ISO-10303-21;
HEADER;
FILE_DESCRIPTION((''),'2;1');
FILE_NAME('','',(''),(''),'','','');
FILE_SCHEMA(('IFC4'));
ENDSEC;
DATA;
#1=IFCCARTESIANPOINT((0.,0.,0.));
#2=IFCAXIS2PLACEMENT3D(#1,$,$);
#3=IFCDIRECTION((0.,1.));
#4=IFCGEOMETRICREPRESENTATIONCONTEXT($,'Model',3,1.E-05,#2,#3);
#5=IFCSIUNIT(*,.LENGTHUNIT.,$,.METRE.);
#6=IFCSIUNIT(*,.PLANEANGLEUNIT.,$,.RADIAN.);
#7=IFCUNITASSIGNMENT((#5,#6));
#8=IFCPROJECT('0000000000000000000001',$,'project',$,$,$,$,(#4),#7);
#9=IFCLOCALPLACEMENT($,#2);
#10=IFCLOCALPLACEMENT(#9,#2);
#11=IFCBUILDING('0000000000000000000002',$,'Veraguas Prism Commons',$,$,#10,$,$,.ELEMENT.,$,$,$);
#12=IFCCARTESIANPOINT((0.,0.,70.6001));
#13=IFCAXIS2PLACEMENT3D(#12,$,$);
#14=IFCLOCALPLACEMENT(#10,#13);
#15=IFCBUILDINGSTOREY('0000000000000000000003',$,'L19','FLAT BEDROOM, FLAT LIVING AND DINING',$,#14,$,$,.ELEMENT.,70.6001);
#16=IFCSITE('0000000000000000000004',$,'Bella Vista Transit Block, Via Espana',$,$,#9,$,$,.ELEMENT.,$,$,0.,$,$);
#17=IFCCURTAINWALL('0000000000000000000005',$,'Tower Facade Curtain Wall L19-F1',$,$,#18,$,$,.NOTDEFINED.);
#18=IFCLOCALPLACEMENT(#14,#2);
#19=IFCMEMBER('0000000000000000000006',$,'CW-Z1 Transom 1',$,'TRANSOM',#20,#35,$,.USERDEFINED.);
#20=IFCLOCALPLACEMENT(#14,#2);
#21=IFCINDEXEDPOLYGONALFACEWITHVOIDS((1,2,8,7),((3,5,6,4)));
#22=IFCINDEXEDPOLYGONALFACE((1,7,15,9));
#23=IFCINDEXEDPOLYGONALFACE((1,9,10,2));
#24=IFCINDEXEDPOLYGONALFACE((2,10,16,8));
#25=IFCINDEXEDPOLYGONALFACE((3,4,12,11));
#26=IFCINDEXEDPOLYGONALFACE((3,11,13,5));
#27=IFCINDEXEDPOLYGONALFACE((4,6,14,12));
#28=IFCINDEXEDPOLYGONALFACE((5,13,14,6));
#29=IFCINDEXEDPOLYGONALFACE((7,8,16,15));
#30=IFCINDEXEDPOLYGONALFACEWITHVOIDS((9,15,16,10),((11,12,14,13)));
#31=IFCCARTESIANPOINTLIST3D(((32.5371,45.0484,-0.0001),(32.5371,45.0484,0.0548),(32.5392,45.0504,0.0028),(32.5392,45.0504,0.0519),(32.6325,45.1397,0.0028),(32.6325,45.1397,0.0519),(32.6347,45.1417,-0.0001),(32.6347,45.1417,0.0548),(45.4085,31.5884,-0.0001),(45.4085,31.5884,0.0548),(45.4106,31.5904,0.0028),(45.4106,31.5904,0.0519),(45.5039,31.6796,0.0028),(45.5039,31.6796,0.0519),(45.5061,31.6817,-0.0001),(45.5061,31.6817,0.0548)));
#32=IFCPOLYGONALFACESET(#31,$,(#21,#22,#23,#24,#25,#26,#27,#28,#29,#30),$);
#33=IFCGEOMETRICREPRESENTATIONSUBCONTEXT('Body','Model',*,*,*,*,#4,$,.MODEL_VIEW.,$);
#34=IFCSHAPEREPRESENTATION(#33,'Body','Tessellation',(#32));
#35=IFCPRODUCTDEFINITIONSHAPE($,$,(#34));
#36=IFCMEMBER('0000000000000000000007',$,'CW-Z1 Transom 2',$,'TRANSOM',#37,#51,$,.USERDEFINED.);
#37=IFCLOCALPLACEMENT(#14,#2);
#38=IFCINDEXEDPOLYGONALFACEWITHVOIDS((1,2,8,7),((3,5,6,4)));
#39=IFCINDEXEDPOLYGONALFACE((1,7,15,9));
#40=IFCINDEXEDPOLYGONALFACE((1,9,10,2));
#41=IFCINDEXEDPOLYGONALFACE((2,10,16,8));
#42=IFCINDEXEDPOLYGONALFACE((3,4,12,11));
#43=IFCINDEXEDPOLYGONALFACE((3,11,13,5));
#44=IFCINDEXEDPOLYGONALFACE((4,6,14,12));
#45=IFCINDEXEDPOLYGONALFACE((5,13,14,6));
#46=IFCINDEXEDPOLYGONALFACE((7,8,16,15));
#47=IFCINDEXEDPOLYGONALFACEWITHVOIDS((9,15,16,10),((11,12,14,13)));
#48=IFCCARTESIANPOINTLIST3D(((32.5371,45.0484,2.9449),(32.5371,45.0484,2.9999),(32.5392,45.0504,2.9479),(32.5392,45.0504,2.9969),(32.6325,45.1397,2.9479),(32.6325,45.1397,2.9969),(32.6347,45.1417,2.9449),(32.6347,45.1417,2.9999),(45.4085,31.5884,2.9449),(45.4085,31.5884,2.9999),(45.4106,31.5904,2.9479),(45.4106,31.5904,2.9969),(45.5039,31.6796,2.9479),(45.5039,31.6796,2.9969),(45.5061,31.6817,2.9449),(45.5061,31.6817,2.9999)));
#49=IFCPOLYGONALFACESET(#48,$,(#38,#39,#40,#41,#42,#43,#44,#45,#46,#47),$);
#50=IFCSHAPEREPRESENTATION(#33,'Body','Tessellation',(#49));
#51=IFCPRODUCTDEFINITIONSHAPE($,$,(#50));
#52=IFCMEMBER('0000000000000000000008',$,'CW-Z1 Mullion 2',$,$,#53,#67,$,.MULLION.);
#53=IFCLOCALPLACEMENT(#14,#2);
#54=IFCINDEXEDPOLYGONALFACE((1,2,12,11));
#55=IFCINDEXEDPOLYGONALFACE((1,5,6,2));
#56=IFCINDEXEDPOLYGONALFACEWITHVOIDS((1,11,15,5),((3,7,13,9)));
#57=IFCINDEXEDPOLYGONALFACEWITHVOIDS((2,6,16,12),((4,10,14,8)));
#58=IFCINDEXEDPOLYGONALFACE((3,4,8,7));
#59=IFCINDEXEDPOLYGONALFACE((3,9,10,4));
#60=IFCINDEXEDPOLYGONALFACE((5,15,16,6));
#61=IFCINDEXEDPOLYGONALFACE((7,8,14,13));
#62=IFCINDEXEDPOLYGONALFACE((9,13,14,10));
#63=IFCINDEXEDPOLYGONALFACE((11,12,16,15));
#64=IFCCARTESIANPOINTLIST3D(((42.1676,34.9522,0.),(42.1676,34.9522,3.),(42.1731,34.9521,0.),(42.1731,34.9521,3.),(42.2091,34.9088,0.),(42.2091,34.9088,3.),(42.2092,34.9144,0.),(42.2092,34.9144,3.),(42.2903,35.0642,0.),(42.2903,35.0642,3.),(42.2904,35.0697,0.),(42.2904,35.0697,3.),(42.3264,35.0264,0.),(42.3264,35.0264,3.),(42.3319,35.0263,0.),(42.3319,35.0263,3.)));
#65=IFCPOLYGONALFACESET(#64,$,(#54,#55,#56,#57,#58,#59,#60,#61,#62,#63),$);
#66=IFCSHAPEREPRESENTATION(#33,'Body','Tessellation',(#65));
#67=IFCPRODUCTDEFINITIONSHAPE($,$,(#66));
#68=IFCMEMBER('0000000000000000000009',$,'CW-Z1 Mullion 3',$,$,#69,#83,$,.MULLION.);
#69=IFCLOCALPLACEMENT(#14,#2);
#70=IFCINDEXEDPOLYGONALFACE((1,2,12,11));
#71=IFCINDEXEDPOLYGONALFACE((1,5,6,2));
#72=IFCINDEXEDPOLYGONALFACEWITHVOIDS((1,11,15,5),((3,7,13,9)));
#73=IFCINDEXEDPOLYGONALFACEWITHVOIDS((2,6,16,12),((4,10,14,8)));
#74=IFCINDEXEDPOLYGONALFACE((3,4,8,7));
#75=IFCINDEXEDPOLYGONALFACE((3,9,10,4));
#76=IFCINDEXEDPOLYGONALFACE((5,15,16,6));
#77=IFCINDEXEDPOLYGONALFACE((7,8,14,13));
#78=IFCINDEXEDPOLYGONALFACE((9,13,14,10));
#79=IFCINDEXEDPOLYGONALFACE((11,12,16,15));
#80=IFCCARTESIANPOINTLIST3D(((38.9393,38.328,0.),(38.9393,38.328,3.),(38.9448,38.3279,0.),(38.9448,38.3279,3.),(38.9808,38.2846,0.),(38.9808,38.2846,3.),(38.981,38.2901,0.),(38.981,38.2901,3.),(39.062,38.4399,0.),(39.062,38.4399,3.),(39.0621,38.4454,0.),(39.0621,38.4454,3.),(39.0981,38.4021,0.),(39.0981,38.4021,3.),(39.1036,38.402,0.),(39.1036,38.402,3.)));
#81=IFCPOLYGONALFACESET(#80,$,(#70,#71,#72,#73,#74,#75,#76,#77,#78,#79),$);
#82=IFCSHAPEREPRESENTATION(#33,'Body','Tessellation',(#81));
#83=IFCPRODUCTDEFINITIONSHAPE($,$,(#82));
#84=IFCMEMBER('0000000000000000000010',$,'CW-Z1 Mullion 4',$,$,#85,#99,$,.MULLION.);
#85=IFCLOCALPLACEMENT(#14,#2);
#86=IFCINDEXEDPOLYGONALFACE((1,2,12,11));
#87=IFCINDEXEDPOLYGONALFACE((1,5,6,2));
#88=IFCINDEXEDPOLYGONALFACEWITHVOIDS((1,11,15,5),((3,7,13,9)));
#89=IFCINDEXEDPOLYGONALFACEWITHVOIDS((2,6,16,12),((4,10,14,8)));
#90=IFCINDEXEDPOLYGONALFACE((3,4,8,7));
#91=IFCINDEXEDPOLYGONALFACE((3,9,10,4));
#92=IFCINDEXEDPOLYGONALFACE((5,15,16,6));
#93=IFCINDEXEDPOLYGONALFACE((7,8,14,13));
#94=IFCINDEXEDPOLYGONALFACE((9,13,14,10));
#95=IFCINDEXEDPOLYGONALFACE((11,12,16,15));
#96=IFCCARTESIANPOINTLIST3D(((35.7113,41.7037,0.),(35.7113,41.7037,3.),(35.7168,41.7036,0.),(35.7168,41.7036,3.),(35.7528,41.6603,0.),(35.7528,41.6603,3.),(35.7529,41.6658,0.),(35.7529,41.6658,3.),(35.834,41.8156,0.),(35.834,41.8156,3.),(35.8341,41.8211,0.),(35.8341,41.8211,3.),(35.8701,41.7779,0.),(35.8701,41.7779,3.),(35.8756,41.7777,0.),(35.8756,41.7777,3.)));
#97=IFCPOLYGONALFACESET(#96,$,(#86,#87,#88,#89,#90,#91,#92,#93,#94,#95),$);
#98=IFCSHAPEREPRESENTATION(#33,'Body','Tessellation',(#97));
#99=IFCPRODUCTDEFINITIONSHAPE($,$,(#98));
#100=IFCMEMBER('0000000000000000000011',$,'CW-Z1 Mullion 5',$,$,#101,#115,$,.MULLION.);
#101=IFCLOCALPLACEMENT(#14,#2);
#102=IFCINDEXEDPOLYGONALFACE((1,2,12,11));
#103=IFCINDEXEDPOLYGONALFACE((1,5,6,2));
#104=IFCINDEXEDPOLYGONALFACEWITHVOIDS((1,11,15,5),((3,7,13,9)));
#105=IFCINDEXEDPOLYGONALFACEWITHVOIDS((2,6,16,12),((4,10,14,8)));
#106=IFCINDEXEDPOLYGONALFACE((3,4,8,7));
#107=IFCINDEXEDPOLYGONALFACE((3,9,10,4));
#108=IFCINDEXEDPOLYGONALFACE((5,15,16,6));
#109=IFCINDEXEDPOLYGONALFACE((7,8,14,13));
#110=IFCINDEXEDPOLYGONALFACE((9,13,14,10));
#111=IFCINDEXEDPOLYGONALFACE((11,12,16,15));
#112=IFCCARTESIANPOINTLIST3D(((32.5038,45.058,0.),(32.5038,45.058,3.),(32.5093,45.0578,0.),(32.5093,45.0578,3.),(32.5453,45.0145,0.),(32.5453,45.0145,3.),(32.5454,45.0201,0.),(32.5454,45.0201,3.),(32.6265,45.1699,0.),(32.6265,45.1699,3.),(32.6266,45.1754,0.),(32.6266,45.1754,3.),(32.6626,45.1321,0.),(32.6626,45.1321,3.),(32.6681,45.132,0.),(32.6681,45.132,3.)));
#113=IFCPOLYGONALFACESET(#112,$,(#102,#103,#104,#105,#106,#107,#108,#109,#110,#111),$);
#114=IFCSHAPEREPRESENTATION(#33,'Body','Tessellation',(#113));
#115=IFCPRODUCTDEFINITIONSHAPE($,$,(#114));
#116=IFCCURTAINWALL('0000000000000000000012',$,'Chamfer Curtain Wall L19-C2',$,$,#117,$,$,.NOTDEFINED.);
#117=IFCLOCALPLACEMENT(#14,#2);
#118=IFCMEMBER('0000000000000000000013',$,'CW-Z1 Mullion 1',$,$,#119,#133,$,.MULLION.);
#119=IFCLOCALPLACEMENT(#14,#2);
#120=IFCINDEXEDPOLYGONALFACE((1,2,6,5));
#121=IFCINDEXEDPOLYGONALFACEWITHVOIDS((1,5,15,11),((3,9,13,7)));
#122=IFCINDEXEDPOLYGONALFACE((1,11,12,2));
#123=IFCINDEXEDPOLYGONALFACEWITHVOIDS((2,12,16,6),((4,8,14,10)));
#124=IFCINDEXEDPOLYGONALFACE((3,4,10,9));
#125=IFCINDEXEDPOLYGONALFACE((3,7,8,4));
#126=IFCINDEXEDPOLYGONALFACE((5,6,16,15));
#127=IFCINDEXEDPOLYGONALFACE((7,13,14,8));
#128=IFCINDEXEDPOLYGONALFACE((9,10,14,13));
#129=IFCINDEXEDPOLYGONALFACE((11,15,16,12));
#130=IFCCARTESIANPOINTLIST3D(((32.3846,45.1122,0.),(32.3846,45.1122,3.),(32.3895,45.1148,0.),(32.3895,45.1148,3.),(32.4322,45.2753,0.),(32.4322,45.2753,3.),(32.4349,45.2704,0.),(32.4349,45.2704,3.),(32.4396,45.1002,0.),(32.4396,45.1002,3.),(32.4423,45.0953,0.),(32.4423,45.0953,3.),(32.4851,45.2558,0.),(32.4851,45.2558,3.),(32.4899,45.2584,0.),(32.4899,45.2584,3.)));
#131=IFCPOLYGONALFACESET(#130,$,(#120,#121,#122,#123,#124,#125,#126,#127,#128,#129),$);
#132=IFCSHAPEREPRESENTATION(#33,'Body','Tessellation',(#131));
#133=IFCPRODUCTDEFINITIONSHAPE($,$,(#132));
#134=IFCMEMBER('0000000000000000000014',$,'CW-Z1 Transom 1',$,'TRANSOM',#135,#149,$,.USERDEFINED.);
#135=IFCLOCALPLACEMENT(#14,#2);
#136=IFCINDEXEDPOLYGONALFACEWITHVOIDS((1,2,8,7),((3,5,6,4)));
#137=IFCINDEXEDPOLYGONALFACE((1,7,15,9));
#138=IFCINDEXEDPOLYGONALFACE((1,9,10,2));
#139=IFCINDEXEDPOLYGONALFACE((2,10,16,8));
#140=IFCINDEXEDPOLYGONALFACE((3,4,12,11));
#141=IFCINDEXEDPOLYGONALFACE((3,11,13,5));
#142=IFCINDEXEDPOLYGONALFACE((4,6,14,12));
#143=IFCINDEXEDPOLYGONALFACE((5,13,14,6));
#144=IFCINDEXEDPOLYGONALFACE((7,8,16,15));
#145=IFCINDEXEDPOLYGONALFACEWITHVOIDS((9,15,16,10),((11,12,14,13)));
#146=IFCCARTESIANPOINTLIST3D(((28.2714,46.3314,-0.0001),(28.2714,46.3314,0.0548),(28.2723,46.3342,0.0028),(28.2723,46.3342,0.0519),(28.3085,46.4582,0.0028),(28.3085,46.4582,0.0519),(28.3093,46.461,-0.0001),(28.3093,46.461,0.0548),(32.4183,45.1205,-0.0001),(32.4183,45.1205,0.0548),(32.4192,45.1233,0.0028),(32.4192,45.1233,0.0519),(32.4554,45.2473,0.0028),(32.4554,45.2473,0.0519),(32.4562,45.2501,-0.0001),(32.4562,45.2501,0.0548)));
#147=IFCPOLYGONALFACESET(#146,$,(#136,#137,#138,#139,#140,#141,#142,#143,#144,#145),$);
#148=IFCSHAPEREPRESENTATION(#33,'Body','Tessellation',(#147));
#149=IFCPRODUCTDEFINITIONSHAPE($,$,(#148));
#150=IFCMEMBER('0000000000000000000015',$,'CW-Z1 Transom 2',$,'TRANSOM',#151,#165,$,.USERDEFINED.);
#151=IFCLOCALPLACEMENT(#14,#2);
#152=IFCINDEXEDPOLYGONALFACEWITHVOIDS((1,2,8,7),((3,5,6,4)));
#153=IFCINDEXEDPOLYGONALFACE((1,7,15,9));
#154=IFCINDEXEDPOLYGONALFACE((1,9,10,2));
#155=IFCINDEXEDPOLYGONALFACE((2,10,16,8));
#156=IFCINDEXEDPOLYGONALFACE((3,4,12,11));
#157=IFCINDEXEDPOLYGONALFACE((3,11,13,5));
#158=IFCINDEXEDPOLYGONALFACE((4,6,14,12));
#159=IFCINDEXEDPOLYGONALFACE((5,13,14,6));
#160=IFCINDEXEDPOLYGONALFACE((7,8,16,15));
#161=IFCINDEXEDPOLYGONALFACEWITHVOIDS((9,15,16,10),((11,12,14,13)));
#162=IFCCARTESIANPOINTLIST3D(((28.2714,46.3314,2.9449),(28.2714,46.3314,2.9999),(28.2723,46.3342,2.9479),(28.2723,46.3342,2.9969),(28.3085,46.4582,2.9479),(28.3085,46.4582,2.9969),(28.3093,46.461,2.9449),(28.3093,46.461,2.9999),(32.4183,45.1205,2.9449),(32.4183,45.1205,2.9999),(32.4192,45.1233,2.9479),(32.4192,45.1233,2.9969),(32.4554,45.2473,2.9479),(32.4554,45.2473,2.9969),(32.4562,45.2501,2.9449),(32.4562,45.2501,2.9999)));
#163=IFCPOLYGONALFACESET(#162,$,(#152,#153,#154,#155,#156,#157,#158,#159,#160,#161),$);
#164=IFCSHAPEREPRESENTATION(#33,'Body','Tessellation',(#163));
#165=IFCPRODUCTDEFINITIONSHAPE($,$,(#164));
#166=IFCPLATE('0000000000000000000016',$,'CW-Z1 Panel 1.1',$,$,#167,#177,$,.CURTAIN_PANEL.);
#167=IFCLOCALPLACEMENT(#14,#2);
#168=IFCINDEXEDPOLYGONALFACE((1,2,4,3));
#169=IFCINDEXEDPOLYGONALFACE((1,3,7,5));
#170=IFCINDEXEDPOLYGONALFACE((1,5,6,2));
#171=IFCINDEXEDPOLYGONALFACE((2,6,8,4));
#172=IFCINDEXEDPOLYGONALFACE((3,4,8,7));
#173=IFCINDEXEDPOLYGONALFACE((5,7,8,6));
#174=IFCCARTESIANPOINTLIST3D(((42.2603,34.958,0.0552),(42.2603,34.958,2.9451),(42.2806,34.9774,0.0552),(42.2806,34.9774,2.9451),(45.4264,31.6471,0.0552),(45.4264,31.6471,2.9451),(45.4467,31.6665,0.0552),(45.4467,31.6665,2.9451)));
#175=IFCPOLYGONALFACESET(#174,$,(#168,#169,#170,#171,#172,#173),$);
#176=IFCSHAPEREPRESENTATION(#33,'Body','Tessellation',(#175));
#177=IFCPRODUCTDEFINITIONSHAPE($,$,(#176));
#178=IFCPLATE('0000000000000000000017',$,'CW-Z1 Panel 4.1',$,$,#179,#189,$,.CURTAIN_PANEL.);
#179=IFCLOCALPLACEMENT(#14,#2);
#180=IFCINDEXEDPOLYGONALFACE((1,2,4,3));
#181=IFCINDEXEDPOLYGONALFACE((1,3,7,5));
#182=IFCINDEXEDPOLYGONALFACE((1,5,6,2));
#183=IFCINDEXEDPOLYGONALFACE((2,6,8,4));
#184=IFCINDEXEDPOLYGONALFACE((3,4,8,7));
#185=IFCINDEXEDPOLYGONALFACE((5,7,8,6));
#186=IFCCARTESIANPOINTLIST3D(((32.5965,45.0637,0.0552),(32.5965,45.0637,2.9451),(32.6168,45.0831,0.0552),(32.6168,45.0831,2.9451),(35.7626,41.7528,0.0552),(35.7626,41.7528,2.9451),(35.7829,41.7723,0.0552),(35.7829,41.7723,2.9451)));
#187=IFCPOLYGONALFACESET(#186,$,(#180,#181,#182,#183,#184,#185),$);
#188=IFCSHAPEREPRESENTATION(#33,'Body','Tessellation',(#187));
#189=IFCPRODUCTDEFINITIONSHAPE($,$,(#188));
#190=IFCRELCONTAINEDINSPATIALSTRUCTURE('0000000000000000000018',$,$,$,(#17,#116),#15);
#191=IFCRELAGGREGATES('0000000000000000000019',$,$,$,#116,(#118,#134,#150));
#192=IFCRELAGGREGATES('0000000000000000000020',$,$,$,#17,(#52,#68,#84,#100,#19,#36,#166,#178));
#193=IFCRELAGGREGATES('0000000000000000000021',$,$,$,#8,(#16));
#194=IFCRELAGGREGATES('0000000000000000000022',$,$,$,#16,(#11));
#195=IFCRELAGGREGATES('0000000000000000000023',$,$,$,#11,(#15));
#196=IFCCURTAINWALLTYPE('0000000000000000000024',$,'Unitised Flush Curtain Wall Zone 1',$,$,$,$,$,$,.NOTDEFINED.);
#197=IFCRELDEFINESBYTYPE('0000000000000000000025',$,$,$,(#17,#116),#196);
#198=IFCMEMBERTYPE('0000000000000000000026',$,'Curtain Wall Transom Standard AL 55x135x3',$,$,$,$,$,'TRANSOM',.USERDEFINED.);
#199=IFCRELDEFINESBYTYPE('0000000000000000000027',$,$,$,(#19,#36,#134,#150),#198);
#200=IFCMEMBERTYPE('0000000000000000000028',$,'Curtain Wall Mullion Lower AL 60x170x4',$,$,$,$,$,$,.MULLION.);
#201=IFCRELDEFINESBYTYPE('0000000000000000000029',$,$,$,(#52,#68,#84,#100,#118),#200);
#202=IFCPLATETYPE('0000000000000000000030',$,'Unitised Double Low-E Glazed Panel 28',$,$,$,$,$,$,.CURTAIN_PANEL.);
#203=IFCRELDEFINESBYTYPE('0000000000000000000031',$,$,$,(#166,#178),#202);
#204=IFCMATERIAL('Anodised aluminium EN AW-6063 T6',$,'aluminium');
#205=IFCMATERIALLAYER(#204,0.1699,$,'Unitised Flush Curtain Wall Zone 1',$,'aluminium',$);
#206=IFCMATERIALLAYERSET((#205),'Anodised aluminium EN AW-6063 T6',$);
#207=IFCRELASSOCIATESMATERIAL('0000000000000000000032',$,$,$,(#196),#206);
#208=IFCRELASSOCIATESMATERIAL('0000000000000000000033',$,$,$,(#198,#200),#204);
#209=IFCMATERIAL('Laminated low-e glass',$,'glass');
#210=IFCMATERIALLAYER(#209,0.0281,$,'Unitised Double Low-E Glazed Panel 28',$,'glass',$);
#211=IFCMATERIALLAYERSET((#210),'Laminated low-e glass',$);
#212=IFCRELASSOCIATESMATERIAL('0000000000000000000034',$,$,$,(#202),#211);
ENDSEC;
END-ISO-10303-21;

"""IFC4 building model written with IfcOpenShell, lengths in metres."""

from ifc_helpers import new_model, si_unit, direction, frame, origin, origin_2d, place, context, subcontext, project, spatial, rectangle, hollow_rectangle, extrude, source, transform, mapped, material, layer, layer_set, material_profile, profile_set, type_object, element, aggregate, save


model = new_model("IFC4")

# Units and contexts
model_context = context("Model", 3, precision=1e-05, world=origin(), true_north=direction((0.0, 1.0)))
body_context = subcontext(model_context, "Body", "Model", "MODEL_VIEW")
ifc_project = project(units=[si_unit("LENGTHUNIT", "METRE"), si_unit("PLANEANGLEUNIT", "RADIAN")], contexts=[model_context])

# Site, building, storey
site_placement = place(None, origin())
site = spatial("IfcSite", under=ifc_project, at=site_placement, Name="Bella Vista Transit Block, Via Espana", CompositionType="ELEMENT", RefElevation=0.0)
building_placement = place(site_placement, origin())
building = spatial("IfcBuilding", under=site, at=building_placement, Name="Veraguas Prism Commons", CompositionType="ELEMENT")
storey_placement = place(building_placement, frame((0.0, 0.0, 70.6001)))
storey = spatial("IfcBuildingStorey", under=building, at=storey_placement, Name="L19", Description="FLAT BEDROOM, FLAT LIVING AND DINING", CompositionType="ELEMENT", Elevation=70.6001)

# Curtain walls, members
ifc_material_1 = material(Name="Anodised aluminium EN AW-6063 T6", Category="aluminium")
ifc_layer_1 = layer(ifc_material_1, 0.1699, Name="Unitised Flush Curtain Wall Zone 1", Category="aluminium")
ifc_layer_set_1 = layer_set([ifc_layer_1], Name="Anodised aluminium EN AW-6063 T6")
curtain_wall_type = type_object("IfcCurtainWallType", Name="Unitised Flush Curtain Wall Zone 1", PredefinedType="NOTDEFINED", material=ifc_layer_set_1)
curtain_wall_1_placement = place(storey_placement, origin())
curtain_wall_1 = element("IfcCurtainWall", 1, at=curtain_wall_1_placement, inside=storey, type_object=curtain_wall_type, Name="Tower Facade Curtain Wall L19-F1", PredefinedType="NOTDEFINED")
ifc_material_profile_1 = material_profile(ifc_material_1, hollow_rectangle(XDim=0.0549, YDim=0.135, WallThickness=0.0029, at=origin_2d()), Name="AL55X135X3")
ifc_profile_set_1 = profile_set([ifc_material_profile_1], Name="Anodised aluminium EN AW-6063 T6")
member_type_1 = type_object("IfcMemberType", Name="Curtain Wall Transom Standard AL 55x135x3", ElementType="TRANSOM", PredefinedType="USERDEFINED", material=ifc_profile_set_1)
shared_shape_1 = source(origin(), body_context, "Body", "SweptSolid", [
    extrude(hollow_rectangle(XDim=0.0549, YDim=0.135, WallThickness=0.0029, at=origin_2d()), origin(), (0.0, 0.0, 1.0), 18.6238),
])
member_1_placement = place(storey_placement, frame((45.4573, 31.635, 0.0273), z_axis=(-0.691127, 0.722733, 0.0), x_axis=(0.0, 0.0, 1.0)))
member_1 = element("IfcMember", 2, at=member_1_placement, type_object=member_type_1, Name="CW-Z1 Transom 1", ObjectType="TRANSOM", PredefinedType="USERDEFINED", context=body_context, shape_type="MappedRepresentation", body=[
    mapped(shared_shape_1, transform((0.0, 0.0, 0.0), scale=1.0)),
])
member_2_placement = place(storey_placement, frame((45.4573, 31.635, 2.9724), z_axis=(-0.691127, 0.722733, 0.0), x_axis=(0.0, 0.0, 1.0)))
member_2 = element("IfcMember", 3, at=member_2_placement, type_object=member_type_1, Name="CW-Z1 Transom 2", ObjectType="TRANSOM", PredefinedType="USERDEFINED", context=body_context, shape_type="MappedRepresentation", body=[
    mapped(shared_shape_1, transform((0.0, 0.0, 0.0), scale=1.0)),
])
ifc_material_profile_2 = material_profile(ifc_material_1, hollow_rectangle(XDim=0.0601, YDim=0.1699, WallThickness=0.0039, at=origin_2d()), Name="AL60X170X4")
ifc_profile_set_2 = profile_set([ifc_material_profile_2], Name="Anodised aluminium EN AW-6063 T6")
member_type_2 = type_object("IfcMemberType", Name="Curtain Wall Mullion Lower AL 60x170x4", PredefinedType="MULLION", material=ifc_profile_set_2)
shared_shape_2 = source(origin(), body_context, "Body", "SweptSolid", [
    extrude(hollow_rectangle(XDim=0.0601, YDim=0.1699, WallThickness=0.0039, at=origin_2d()), origin(), (0.0, 0.0, 1.0), 3.0),
])
member_3_placement = place(storey_placement, frame((42.2498, 34.9893, 0.0), z_axis=(0.0, 0.0, 1.0), x_axis=(-0.691136, 0.722725, 0.0)))
member_3 = element("IfcMember", 4, at=member_3_placement, type_object=member_type_2, Name="CW-Z1 Mullion 2", PredefinedType="MULLION", context=body_context, shape_type="MappedRepresentation", body=[
    mapped(shared_shape_2, transform((0.0, 0.0, 0.0), scale=1.0)),
])
member_4_placement = place(storey_placement, frame((39.0215, 38.365, 0.0), z_axis=(0.0, 0.0, 1.0), x_axis=(-0.691136, 0.722725, 0.0)))
member_4 = element("IfcMember", 5, at=member_4_placement, type_object=member_type_2, Name="CW-Z1 Mullion 3", PredefinedType="MULLION", context=body_context, shape_type="MappedRepresentation", body=[
    mapped(shared_shape_2, transform((0.0, 0.0, 0.0), scale=1.0)),
])
member_5_placement = place(storey_placement, frame((35.7935, 41.7407, 0.0), z_axis=(0.0, 0.0, 1.0), x_axis=(-0.691136, 0.722725, 0.0)))
member_5 = element("IfcMember", 6, at=member_5_placement, type_object=member_type_2, Name="CW-Z1 Mullion 4", PredefinedType="MULLION", context=body_context, shape_type="MappedRepresentation", body=[
    mapped(shared_shape_2, transform((0.0, 0.0, 0.0), scale=1.0)),
])
member_6_placement = place(storey_placement, frame((32.5859, 45.095, 0.0), z_axis=(0.0, 0.0, 1.0), x_axis=(-0.691136, 0.722725, 0.0)))
member_6 = element("IfcMember", 7, at=member_6_placement, type_object=member_type_2, Name="CW-Z1 Mullion 5", PredefinedType="MULLION", context=body_context, shape_type="MappedRepresentation", body=[
    mapped(shared_shape_2, transform((0.0, 0.0, 0.0), scale=1.0)),
])
curtain_wall_2_placement = place(storey_placement, origin())
curtain_wall_2 = element("IfcCurtainWall", 8, at=curtain_wall_2_placement, inside=storey, type_object=curtain_wall_type, Name="Chamfer Curtain Wall L19-C2", PredefinedType="NOTDEFINED")
member_7_placement = place(storey_placement, frame((32.4373, 45.1853, 0.0), z_axis=(0.0, 0.0, 1.0), x_axis=(-0.959901, 0.28034, 0.0)))
member_7 = element("IfcMember", 9, at=member_7_placement, type_object=member_type_2, Name="CW-Z1 Mullion 1", PredefinedType="MULLION", context=body_context, shape_type="MappedRepresentation", body=[
    mapped(shared_shape_2, transform((0.0, 0.0, 0.0), scale=1.0)),
])
shared_shape_3 = source(origin(), body_context, "Body", "SweptSolid", [
    extrude(hollow_rectangle(XDim=0.0549, YDim=0.135, WallThickness=0.0029, at=origin_2d()), origin(), (0.0, 0.0, 1.0), 4.3201),
])
member_8_placement = place(storey_placement, frame((32.4373, 45.1853, 0.0273), z_axis=(-0.959913, 0.280299, 0.0), x_axis=(0.0, 0.0, 1.0)))
member_8 = element("IfcMember", 10, at=member_8_placement, type_object=member_type_1, Name="CW-Z1 Transom 1", ObjectType="TRANSOM", PredefinedType="USERDEFINED", context=body_context, shape_type="MappedRepresentation", body=[
    mapped(shared_shape_3, transform((0.0, 0.0, 0.0), scale=1.0)),
])
member_9_placement = place(storey_placement, frame((32.4373, 45.1853, 2.9724), z_axis=(-0.959913, 0.280299, 0.0), x_axis=(0.0, 0.0, 1.0)))
member_9 = element("IfcMember", 11, at=member_9_placement, type_object=member_type_1, Name="CW-Z1 Transom 2", ObjectType="TRANSOM", PredefinedType="USERDEFINED", context=body_context, shape_type="MappedRepresentation", body=[
    mapped(shared_shape_3, transform((0.0, 0.0, 0.0), scale=1.0)),
])
aggregate(curtain_wall_2, [member_7, member_8, member_9])

# Plates
ifc_material_2 = material(Name="Laminated low-e glass", Category="glass")
ifc_layer_2 = layer(ifc_material_2, 0.0281, Name="Unitised Double Low-E Glazed Panel 28", Category="glass")
ifc_layer_set_2 = layer_set([ifc_layer_2], Name="Laminated low-e glass")
plate_type = type_object("IfcPlateType", Name="Unitised Double Low-E Glazed Panel 28", PredefinedType="CURTAIN_PANEL", material=ifc_layer_set_2)
shared_shape_4 = source(origin(), body_context, "Body", "SweptSolid", [
    extrude(rectangle(XDim=4.5811, YDim=0.0281, at=origin_2d()), origin(), (0.0, 0.0, 1.0), 2.8899),
])
plate_1_placement = place(storey_placement, frame((43.8535, 33.3123, 0.0552), z_axis=(0.0, 0.0, 1.0), x_axis=(-0.691136, 0.722725, 0.0)))
plate_1 = element("IfcPlate", 12, at=plate_1_placement, type_object=plate_type, Name="CW-Z1 Panel 1.1", PredefinedType="CURTAIN_PANEL", context=body_context, shape_type="MappedRepresentation", body=[
    mapped(shared_shape_4, transform((0.0, 0.0, 0.0), scale=1.0)),
])
plate_2_placement = place(storey_placement, frame((34.1897, 43.418, 0.0552), z_axis=(0.0, 0.0, 1.0), x_axis=(-0.691136, 0.722725, 0.0)))
plate_2 = element("IfcPlate", 13, at=plate_2_placement, type_object=plate_type, Name="CW-Z1 Panel 4.1", PredefinedType="CURTAIN_PANEL", context=body_context, shape_type="MappedRepresentation", body=[
    mapped(shared_shape_4, transform((0.0, 0.0, 0.0), scale=1.0)),
])
aggregate(curtain_wall_1, [member_3, member_4, member_5, member_6, member_1, member_2, plate_1, plate_2])

save(model, "model.ifc")
